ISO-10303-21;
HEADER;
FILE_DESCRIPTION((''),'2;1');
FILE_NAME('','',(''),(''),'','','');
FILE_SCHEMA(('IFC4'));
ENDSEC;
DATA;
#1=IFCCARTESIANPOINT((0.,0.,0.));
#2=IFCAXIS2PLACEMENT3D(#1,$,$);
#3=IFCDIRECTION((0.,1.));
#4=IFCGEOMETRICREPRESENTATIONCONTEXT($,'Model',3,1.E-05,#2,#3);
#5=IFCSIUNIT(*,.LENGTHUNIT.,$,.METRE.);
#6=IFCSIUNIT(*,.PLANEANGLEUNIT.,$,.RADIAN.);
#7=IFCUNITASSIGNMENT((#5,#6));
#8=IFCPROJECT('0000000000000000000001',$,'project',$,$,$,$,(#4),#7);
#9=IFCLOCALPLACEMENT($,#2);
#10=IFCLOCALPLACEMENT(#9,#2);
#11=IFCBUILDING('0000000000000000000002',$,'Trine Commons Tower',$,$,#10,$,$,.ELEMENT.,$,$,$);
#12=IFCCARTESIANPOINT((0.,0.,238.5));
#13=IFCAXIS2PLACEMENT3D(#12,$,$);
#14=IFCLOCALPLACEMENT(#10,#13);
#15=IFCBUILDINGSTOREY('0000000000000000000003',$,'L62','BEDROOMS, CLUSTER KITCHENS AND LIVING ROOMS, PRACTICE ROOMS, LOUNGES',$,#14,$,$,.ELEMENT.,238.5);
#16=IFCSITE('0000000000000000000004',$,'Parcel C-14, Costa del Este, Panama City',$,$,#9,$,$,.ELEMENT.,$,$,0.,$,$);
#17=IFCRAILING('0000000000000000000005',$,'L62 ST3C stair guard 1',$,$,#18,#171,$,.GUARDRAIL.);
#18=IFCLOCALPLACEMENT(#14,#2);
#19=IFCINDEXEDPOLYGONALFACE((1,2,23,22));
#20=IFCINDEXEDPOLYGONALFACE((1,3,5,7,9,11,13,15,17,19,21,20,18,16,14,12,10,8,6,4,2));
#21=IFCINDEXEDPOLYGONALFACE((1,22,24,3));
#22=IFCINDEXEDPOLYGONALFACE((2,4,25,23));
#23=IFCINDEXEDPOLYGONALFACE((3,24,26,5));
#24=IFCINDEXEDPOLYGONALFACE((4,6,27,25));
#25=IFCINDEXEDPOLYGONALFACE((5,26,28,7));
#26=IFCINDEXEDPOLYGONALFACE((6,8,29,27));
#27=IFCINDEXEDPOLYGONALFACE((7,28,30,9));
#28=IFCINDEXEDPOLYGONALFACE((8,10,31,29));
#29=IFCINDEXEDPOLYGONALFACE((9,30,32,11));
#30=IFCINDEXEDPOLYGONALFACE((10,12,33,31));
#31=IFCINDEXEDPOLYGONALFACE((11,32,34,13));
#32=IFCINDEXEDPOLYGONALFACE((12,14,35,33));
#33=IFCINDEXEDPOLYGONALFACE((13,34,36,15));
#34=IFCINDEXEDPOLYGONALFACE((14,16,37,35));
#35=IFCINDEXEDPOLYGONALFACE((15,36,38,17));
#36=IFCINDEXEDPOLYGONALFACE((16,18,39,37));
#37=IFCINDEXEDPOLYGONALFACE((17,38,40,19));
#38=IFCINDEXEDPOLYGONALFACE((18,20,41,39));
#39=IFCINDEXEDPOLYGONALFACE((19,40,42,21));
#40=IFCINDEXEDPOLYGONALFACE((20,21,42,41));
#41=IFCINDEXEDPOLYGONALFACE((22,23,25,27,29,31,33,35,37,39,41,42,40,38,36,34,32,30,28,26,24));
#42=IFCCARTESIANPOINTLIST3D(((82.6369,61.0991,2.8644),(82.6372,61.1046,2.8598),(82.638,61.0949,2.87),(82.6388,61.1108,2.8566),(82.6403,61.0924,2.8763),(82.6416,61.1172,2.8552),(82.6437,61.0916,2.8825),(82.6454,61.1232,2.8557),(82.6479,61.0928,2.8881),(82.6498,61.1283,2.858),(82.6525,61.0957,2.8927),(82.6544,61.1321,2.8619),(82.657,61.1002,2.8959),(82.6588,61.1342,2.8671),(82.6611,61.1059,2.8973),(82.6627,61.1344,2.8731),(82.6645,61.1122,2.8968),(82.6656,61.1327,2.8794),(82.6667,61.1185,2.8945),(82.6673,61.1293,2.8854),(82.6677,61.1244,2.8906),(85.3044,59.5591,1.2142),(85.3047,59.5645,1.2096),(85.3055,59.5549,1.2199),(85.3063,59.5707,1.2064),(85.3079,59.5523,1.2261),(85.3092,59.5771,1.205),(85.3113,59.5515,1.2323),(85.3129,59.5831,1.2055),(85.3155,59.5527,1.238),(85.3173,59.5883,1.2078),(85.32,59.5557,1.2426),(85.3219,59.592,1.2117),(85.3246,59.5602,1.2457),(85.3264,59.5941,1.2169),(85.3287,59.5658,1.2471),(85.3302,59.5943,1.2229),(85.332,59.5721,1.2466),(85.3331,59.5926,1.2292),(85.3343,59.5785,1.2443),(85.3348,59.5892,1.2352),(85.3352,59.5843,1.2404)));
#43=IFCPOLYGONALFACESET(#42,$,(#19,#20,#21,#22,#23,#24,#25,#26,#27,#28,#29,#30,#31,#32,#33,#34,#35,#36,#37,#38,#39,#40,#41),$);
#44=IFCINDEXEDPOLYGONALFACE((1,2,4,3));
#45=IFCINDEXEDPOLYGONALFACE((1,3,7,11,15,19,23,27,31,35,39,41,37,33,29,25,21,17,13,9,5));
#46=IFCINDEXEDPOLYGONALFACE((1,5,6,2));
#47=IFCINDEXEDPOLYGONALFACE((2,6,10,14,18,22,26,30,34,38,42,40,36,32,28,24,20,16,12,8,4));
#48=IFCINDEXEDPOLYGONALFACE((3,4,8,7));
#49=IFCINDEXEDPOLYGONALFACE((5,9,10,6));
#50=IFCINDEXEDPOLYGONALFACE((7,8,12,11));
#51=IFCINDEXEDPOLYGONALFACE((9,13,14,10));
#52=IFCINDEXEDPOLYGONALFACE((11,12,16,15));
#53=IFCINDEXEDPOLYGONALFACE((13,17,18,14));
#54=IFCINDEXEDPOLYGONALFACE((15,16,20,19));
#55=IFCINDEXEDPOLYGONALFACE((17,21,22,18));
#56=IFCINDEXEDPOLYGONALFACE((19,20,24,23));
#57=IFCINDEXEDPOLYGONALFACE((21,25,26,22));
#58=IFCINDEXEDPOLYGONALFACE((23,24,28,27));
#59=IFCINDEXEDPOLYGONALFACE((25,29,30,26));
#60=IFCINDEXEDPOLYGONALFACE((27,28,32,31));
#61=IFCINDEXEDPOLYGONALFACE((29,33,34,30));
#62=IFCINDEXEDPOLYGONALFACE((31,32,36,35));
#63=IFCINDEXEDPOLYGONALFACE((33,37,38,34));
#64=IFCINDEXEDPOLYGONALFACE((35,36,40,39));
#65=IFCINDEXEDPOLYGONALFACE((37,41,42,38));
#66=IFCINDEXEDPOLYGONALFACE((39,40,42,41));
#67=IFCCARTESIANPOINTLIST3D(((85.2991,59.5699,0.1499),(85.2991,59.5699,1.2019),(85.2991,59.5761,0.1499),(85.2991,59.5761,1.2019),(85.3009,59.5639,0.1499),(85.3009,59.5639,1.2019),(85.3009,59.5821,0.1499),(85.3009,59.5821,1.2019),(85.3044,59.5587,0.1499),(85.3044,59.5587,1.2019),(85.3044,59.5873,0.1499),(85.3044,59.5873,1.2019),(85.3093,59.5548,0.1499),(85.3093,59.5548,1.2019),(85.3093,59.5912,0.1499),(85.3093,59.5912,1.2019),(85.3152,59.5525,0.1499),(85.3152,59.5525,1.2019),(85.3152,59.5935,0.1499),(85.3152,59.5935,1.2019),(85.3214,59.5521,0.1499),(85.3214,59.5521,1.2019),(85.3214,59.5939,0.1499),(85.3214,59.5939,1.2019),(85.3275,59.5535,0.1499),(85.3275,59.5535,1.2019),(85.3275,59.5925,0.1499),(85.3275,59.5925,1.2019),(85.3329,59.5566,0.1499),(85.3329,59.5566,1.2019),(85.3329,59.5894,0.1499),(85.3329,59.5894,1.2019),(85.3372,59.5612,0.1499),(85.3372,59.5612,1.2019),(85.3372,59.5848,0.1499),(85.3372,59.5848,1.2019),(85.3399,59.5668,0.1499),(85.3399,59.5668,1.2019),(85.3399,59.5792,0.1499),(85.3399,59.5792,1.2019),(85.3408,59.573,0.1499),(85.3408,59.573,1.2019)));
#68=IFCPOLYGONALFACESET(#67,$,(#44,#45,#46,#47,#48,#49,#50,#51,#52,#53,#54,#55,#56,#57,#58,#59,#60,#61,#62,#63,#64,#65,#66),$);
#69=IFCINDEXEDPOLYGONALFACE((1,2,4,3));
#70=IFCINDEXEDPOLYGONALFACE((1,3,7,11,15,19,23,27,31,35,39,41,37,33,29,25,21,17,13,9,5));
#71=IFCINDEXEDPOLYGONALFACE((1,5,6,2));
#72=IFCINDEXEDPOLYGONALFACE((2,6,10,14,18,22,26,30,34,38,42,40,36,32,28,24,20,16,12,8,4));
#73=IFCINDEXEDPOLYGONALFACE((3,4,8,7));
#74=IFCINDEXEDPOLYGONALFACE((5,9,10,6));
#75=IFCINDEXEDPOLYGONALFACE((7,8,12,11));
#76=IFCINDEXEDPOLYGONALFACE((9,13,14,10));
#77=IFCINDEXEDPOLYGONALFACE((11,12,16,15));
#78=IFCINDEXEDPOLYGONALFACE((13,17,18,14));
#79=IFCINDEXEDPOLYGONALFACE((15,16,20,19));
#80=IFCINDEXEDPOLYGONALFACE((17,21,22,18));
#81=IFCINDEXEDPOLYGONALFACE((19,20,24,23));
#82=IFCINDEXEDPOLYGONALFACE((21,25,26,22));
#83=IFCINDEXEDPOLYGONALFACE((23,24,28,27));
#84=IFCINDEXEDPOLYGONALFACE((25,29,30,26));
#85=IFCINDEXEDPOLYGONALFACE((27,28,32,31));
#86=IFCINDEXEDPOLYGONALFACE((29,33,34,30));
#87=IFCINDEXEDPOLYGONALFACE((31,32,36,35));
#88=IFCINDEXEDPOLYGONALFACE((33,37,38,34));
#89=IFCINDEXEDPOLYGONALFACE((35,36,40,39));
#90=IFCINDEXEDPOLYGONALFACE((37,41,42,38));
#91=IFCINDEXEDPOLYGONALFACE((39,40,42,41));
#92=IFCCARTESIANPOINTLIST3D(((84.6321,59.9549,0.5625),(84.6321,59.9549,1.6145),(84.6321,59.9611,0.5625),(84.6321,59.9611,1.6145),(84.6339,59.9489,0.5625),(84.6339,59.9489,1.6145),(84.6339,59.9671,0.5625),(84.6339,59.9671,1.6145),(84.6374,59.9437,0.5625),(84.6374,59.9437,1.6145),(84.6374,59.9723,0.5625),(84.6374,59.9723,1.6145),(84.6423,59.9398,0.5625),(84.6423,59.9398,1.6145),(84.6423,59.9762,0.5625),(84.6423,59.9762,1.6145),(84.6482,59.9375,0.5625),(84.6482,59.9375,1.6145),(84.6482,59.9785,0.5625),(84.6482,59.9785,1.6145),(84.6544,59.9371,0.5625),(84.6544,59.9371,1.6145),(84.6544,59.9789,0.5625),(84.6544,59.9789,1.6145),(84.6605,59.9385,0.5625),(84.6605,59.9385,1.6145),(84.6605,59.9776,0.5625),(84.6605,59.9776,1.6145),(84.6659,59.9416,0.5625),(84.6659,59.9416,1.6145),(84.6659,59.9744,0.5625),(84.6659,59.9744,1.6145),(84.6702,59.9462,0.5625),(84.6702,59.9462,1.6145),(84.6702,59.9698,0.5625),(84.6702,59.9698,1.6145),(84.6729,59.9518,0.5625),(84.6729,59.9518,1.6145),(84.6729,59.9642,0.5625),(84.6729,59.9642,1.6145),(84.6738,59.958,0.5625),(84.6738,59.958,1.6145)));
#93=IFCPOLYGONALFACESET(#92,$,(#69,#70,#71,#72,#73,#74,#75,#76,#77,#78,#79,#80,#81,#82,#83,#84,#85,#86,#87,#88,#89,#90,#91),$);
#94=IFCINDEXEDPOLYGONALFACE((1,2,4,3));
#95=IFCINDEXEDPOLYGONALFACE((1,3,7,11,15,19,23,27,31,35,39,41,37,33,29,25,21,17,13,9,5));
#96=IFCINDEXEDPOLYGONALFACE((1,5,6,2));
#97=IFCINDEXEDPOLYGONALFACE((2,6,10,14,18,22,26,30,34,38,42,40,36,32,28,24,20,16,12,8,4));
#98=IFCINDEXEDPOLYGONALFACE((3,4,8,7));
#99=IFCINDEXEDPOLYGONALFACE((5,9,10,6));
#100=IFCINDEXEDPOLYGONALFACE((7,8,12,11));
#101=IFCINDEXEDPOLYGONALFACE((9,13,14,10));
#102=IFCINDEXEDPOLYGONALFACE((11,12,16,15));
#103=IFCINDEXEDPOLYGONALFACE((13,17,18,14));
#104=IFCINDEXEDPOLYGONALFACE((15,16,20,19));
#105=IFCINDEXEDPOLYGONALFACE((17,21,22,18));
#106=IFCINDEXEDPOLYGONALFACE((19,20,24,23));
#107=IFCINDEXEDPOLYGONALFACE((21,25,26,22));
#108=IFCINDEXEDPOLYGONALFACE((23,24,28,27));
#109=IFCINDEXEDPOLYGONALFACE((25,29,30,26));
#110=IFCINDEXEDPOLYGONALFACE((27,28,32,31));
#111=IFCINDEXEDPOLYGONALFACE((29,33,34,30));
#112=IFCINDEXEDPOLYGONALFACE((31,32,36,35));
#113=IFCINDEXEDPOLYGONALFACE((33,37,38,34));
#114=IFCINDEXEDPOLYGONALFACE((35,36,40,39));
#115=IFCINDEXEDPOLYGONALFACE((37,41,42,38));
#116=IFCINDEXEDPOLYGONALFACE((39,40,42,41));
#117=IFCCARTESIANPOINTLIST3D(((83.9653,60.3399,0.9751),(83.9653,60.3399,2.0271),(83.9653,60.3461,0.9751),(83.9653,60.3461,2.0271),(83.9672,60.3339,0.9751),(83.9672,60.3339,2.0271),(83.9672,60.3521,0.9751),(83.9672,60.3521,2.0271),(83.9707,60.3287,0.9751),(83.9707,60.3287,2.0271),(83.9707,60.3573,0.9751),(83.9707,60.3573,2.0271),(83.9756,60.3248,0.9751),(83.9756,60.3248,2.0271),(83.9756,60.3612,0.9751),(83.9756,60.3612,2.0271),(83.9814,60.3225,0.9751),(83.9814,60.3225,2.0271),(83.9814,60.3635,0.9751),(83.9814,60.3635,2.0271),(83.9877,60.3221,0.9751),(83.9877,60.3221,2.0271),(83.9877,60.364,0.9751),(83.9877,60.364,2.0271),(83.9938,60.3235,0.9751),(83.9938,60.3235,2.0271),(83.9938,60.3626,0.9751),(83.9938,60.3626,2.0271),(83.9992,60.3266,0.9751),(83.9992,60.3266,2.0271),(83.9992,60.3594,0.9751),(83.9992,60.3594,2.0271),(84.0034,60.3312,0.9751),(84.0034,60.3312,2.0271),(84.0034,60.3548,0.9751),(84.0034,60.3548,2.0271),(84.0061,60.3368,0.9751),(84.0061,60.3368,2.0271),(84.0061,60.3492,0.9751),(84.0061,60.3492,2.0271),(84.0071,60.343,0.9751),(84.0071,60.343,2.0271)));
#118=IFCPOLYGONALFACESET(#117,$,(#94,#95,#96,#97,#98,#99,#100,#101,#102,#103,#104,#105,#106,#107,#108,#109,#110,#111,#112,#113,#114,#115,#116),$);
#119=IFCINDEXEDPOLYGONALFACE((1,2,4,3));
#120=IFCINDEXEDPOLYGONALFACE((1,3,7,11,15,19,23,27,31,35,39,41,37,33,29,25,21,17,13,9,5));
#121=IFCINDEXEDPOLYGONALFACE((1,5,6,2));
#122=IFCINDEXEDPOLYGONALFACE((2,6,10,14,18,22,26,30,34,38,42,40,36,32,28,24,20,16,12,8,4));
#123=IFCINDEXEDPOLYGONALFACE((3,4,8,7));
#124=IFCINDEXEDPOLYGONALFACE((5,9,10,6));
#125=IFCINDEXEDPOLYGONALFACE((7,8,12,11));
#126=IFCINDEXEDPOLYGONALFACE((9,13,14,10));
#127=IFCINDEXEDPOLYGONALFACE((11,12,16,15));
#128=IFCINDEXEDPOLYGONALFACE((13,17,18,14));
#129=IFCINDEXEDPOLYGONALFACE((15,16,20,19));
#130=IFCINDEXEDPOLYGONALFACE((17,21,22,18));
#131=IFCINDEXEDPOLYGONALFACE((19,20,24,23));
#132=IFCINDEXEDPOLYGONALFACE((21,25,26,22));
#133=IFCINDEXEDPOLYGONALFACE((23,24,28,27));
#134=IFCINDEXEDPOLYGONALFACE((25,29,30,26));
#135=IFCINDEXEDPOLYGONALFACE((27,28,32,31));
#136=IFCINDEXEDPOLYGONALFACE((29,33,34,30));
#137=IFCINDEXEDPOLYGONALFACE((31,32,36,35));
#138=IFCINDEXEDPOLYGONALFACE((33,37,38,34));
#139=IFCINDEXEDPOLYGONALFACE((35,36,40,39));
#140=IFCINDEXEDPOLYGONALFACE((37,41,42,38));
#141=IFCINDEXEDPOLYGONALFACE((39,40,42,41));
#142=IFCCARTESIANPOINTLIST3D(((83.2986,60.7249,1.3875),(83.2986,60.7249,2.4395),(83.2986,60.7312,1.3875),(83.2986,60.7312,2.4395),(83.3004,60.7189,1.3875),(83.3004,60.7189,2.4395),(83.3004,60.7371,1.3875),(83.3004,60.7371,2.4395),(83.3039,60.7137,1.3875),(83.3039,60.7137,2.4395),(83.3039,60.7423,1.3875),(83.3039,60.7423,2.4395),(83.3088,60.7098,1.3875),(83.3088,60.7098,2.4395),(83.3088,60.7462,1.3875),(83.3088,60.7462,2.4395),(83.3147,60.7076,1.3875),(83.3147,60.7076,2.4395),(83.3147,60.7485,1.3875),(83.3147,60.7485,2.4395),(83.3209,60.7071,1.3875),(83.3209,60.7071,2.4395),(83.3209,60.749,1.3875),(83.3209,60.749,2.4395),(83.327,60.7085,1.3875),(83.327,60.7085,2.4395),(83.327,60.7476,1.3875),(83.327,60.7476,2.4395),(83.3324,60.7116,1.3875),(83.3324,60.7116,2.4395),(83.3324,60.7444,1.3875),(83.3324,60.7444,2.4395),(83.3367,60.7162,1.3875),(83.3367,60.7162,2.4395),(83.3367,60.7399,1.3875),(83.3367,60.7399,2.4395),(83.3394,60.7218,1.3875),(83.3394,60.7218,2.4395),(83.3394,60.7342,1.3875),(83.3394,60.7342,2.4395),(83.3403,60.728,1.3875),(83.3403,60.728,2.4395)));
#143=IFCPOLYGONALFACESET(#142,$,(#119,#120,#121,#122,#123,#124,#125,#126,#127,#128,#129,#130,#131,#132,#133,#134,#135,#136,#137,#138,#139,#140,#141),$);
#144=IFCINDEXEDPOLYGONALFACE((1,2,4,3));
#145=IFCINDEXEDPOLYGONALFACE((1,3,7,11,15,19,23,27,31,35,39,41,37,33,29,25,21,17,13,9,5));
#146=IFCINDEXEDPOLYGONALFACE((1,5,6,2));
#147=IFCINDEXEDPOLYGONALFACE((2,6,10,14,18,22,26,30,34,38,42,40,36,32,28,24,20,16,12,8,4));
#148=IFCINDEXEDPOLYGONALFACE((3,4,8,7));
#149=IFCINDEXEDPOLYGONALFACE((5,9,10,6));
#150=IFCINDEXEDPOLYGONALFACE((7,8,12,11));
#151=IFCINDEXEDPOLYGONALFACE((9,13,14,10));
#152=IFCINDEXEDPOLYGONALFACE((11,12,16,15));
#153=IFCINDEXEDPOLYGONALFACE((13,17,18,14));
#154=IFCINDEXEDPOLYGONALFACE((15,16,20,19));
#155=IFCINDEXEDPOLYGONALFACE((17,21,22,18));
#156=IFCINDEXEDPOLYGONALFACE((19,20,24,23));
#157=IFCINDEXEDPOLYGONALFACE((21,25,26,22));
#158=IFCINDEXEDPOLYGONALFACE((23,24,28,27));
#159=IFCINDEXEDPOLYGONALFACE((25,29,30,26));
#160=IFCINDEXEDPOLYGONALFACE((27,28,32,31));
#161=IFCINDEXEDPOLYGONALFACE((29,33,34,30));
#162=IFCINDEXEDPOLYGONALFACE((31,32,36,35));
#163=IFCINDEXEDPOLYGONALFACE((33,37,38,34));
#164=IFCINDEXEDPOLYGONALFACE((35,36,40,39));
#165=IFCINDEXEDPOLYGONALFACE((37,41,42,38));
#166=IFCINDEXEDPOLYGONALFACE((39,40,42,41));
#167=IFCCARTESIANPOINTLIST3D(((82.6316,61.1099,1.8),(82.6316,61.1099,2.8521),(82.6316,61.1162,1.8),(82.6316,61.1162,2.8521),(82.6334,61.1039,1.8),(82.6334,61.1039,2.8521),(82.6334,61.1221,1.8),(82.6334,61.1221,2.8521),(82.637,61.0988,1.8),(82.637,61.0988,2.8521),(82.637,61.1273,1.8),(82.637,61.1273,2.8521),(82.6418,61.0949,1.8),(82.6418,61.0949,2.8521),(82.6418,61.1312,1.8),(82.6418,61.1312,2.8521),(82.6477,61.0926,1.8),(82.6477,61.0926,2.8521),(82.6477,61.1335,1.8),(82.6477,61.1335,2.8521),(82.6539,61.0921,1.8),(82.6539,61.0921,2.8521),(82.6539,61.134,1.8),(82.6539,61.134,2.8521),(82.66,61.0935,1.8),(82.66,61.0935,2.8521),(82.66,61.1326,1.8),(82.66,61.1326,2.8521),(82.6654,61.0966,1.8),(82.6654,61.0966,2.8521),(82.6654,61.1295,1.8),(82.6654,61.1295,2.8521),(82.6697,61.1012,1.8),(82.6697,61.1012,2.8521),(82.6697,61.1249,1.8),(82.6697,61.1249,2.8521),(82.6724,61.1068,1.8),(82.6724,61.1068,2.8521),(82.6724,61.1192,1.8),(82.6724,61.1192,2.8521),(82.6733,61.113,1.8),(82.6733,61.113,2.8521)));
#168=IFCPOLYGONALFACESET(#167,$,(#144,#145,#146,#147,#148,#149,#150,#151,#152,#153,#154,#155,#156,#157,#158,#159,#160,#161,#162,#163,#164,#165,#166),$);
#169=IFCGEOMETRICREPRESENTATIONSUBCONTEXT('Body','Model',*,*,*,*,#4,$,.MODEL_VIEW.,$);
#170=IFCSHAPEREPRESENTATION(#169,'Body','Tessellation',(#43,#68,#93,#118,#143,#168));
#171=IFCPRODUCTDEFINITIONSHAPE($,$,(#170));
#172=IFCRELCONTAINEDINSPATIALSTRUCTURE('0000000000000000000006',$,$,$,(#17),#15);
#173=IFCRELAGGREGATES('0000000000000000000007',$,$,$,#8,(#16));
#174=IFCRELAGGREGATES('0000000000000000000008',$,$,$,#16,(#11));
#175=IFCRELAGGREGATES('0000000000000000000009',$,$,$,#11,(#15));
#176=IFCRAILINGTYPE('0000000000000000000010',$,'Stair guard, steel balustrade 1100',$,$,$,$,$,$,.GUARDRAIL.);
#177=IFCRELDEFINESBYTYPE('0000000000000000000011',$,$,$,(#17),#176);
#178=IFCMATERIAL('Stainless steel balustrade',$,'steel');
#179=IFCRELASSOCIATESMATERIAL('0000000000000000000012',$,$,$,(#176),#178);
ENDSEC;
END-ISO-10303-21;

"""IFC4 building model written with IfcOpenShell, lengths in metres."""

from ifc_helpers import new_model, si_unit, direction, frame, origin, origin_2d, place, context, subcontext, project, spatial, circle, extrude, material, type_object, element, save


model = new_model("IFC4")

# Units and contexts
model_context = context("Model", 3, precision=1e-05, world=origin(), true_north=direction((0.0, 1.0)))
body_context = subcontext(model_context, "Body", "Model", "MODEL_VIEW")
ifc_project = project(units=[si_unit("LENGTHUNIT", "METRE"), si_unit("PLANEANGLEUNIT", "RADIAN")], contexts=[model_context])

# Site, building, storey
site_placement = place(None, origin())
site = spatial("IfcSite", under=ifc_project, at=site_placement, Name="Parcel C-14, Costa del Este, Panama City", CompositionType="ELEMENT", RefElevation=0.0)
building_placement = place(site_placement, origin())
building = spatial("IfcBuilding", under=site, at=building_placement, Name="Trine Commons Tower", CompositionType="ELEMENT")
storey_placement = place(building_placement, frame((0.0, 0.0, 238.5)))
storey = spatial("IfcBuildingStorey", under=building, at=storey_placement, Name="L62", Description="BEDROOMS, CLUSTER KITCHENS AND LIVING ROOMS, PRACTICE ROOMS, LOUNGES", CompositionType="ELEMENT", Elevation=238.5)

# Railing
ifc_material_1 = material(Name="Stainless steel balustrade", Category="steel")
railing_type_1 = type_object("IfcRailingType", Name="Stair guard, steel balustrade 1100", PredefinedType="GUARDRAIL", material=ifc_material_1)
railing_1_placement = place(storey_placement, frame((85.3198, 59.573, 0.1499)))
element("IfcRailing", 1, at=railing_1_placement, inside=storey, type_object=railing_type_1, Name="L62 ST3C stair guard 1", PredefinedType="GUARDRAIL", context=body_context, shape_type="SweptSolid", body=[
    extrude(circle(Radius=0.0239, at=origin_2d()), frame((0.0, 0.0, 1.0762), z_axis=(-0.76338, 0.440728, 0.472239), x_axis=(-0.499992, -0.86603, 0.0)), (0.0, 0.0, 1.0), 3.4944),
    extrude(circle(Radius=0.021, at=origin_2d()), origin(), (0.0, 0.0, 1.0), 1.052),
    extrude(circle(Radius=0.021, at=origin_2d()), frame((-0.667, 0.385, 0.4126)), (0.0, 0.0, 1.0), 1.052),
    extrude(circle(Radius=0.021, at=origin_2d()), frame((-1.3337, 0.77, 0.8252)), (0.0, 0.0, 1.0), 1.052),
    extrude(circle(Radius=0.021, at=origin_2d()), frame((-2.0005, 1.155, 1.2375)), (0.0, 0.0, 1.0), 1.052),
    extrude(circle(Radius=0.021, at=origin_2d()), frame((-2.6675, 1.54, 1.6501)), (0.0, 0.0, 1.0), 1.052),
])

save(model, "model.ifc")
